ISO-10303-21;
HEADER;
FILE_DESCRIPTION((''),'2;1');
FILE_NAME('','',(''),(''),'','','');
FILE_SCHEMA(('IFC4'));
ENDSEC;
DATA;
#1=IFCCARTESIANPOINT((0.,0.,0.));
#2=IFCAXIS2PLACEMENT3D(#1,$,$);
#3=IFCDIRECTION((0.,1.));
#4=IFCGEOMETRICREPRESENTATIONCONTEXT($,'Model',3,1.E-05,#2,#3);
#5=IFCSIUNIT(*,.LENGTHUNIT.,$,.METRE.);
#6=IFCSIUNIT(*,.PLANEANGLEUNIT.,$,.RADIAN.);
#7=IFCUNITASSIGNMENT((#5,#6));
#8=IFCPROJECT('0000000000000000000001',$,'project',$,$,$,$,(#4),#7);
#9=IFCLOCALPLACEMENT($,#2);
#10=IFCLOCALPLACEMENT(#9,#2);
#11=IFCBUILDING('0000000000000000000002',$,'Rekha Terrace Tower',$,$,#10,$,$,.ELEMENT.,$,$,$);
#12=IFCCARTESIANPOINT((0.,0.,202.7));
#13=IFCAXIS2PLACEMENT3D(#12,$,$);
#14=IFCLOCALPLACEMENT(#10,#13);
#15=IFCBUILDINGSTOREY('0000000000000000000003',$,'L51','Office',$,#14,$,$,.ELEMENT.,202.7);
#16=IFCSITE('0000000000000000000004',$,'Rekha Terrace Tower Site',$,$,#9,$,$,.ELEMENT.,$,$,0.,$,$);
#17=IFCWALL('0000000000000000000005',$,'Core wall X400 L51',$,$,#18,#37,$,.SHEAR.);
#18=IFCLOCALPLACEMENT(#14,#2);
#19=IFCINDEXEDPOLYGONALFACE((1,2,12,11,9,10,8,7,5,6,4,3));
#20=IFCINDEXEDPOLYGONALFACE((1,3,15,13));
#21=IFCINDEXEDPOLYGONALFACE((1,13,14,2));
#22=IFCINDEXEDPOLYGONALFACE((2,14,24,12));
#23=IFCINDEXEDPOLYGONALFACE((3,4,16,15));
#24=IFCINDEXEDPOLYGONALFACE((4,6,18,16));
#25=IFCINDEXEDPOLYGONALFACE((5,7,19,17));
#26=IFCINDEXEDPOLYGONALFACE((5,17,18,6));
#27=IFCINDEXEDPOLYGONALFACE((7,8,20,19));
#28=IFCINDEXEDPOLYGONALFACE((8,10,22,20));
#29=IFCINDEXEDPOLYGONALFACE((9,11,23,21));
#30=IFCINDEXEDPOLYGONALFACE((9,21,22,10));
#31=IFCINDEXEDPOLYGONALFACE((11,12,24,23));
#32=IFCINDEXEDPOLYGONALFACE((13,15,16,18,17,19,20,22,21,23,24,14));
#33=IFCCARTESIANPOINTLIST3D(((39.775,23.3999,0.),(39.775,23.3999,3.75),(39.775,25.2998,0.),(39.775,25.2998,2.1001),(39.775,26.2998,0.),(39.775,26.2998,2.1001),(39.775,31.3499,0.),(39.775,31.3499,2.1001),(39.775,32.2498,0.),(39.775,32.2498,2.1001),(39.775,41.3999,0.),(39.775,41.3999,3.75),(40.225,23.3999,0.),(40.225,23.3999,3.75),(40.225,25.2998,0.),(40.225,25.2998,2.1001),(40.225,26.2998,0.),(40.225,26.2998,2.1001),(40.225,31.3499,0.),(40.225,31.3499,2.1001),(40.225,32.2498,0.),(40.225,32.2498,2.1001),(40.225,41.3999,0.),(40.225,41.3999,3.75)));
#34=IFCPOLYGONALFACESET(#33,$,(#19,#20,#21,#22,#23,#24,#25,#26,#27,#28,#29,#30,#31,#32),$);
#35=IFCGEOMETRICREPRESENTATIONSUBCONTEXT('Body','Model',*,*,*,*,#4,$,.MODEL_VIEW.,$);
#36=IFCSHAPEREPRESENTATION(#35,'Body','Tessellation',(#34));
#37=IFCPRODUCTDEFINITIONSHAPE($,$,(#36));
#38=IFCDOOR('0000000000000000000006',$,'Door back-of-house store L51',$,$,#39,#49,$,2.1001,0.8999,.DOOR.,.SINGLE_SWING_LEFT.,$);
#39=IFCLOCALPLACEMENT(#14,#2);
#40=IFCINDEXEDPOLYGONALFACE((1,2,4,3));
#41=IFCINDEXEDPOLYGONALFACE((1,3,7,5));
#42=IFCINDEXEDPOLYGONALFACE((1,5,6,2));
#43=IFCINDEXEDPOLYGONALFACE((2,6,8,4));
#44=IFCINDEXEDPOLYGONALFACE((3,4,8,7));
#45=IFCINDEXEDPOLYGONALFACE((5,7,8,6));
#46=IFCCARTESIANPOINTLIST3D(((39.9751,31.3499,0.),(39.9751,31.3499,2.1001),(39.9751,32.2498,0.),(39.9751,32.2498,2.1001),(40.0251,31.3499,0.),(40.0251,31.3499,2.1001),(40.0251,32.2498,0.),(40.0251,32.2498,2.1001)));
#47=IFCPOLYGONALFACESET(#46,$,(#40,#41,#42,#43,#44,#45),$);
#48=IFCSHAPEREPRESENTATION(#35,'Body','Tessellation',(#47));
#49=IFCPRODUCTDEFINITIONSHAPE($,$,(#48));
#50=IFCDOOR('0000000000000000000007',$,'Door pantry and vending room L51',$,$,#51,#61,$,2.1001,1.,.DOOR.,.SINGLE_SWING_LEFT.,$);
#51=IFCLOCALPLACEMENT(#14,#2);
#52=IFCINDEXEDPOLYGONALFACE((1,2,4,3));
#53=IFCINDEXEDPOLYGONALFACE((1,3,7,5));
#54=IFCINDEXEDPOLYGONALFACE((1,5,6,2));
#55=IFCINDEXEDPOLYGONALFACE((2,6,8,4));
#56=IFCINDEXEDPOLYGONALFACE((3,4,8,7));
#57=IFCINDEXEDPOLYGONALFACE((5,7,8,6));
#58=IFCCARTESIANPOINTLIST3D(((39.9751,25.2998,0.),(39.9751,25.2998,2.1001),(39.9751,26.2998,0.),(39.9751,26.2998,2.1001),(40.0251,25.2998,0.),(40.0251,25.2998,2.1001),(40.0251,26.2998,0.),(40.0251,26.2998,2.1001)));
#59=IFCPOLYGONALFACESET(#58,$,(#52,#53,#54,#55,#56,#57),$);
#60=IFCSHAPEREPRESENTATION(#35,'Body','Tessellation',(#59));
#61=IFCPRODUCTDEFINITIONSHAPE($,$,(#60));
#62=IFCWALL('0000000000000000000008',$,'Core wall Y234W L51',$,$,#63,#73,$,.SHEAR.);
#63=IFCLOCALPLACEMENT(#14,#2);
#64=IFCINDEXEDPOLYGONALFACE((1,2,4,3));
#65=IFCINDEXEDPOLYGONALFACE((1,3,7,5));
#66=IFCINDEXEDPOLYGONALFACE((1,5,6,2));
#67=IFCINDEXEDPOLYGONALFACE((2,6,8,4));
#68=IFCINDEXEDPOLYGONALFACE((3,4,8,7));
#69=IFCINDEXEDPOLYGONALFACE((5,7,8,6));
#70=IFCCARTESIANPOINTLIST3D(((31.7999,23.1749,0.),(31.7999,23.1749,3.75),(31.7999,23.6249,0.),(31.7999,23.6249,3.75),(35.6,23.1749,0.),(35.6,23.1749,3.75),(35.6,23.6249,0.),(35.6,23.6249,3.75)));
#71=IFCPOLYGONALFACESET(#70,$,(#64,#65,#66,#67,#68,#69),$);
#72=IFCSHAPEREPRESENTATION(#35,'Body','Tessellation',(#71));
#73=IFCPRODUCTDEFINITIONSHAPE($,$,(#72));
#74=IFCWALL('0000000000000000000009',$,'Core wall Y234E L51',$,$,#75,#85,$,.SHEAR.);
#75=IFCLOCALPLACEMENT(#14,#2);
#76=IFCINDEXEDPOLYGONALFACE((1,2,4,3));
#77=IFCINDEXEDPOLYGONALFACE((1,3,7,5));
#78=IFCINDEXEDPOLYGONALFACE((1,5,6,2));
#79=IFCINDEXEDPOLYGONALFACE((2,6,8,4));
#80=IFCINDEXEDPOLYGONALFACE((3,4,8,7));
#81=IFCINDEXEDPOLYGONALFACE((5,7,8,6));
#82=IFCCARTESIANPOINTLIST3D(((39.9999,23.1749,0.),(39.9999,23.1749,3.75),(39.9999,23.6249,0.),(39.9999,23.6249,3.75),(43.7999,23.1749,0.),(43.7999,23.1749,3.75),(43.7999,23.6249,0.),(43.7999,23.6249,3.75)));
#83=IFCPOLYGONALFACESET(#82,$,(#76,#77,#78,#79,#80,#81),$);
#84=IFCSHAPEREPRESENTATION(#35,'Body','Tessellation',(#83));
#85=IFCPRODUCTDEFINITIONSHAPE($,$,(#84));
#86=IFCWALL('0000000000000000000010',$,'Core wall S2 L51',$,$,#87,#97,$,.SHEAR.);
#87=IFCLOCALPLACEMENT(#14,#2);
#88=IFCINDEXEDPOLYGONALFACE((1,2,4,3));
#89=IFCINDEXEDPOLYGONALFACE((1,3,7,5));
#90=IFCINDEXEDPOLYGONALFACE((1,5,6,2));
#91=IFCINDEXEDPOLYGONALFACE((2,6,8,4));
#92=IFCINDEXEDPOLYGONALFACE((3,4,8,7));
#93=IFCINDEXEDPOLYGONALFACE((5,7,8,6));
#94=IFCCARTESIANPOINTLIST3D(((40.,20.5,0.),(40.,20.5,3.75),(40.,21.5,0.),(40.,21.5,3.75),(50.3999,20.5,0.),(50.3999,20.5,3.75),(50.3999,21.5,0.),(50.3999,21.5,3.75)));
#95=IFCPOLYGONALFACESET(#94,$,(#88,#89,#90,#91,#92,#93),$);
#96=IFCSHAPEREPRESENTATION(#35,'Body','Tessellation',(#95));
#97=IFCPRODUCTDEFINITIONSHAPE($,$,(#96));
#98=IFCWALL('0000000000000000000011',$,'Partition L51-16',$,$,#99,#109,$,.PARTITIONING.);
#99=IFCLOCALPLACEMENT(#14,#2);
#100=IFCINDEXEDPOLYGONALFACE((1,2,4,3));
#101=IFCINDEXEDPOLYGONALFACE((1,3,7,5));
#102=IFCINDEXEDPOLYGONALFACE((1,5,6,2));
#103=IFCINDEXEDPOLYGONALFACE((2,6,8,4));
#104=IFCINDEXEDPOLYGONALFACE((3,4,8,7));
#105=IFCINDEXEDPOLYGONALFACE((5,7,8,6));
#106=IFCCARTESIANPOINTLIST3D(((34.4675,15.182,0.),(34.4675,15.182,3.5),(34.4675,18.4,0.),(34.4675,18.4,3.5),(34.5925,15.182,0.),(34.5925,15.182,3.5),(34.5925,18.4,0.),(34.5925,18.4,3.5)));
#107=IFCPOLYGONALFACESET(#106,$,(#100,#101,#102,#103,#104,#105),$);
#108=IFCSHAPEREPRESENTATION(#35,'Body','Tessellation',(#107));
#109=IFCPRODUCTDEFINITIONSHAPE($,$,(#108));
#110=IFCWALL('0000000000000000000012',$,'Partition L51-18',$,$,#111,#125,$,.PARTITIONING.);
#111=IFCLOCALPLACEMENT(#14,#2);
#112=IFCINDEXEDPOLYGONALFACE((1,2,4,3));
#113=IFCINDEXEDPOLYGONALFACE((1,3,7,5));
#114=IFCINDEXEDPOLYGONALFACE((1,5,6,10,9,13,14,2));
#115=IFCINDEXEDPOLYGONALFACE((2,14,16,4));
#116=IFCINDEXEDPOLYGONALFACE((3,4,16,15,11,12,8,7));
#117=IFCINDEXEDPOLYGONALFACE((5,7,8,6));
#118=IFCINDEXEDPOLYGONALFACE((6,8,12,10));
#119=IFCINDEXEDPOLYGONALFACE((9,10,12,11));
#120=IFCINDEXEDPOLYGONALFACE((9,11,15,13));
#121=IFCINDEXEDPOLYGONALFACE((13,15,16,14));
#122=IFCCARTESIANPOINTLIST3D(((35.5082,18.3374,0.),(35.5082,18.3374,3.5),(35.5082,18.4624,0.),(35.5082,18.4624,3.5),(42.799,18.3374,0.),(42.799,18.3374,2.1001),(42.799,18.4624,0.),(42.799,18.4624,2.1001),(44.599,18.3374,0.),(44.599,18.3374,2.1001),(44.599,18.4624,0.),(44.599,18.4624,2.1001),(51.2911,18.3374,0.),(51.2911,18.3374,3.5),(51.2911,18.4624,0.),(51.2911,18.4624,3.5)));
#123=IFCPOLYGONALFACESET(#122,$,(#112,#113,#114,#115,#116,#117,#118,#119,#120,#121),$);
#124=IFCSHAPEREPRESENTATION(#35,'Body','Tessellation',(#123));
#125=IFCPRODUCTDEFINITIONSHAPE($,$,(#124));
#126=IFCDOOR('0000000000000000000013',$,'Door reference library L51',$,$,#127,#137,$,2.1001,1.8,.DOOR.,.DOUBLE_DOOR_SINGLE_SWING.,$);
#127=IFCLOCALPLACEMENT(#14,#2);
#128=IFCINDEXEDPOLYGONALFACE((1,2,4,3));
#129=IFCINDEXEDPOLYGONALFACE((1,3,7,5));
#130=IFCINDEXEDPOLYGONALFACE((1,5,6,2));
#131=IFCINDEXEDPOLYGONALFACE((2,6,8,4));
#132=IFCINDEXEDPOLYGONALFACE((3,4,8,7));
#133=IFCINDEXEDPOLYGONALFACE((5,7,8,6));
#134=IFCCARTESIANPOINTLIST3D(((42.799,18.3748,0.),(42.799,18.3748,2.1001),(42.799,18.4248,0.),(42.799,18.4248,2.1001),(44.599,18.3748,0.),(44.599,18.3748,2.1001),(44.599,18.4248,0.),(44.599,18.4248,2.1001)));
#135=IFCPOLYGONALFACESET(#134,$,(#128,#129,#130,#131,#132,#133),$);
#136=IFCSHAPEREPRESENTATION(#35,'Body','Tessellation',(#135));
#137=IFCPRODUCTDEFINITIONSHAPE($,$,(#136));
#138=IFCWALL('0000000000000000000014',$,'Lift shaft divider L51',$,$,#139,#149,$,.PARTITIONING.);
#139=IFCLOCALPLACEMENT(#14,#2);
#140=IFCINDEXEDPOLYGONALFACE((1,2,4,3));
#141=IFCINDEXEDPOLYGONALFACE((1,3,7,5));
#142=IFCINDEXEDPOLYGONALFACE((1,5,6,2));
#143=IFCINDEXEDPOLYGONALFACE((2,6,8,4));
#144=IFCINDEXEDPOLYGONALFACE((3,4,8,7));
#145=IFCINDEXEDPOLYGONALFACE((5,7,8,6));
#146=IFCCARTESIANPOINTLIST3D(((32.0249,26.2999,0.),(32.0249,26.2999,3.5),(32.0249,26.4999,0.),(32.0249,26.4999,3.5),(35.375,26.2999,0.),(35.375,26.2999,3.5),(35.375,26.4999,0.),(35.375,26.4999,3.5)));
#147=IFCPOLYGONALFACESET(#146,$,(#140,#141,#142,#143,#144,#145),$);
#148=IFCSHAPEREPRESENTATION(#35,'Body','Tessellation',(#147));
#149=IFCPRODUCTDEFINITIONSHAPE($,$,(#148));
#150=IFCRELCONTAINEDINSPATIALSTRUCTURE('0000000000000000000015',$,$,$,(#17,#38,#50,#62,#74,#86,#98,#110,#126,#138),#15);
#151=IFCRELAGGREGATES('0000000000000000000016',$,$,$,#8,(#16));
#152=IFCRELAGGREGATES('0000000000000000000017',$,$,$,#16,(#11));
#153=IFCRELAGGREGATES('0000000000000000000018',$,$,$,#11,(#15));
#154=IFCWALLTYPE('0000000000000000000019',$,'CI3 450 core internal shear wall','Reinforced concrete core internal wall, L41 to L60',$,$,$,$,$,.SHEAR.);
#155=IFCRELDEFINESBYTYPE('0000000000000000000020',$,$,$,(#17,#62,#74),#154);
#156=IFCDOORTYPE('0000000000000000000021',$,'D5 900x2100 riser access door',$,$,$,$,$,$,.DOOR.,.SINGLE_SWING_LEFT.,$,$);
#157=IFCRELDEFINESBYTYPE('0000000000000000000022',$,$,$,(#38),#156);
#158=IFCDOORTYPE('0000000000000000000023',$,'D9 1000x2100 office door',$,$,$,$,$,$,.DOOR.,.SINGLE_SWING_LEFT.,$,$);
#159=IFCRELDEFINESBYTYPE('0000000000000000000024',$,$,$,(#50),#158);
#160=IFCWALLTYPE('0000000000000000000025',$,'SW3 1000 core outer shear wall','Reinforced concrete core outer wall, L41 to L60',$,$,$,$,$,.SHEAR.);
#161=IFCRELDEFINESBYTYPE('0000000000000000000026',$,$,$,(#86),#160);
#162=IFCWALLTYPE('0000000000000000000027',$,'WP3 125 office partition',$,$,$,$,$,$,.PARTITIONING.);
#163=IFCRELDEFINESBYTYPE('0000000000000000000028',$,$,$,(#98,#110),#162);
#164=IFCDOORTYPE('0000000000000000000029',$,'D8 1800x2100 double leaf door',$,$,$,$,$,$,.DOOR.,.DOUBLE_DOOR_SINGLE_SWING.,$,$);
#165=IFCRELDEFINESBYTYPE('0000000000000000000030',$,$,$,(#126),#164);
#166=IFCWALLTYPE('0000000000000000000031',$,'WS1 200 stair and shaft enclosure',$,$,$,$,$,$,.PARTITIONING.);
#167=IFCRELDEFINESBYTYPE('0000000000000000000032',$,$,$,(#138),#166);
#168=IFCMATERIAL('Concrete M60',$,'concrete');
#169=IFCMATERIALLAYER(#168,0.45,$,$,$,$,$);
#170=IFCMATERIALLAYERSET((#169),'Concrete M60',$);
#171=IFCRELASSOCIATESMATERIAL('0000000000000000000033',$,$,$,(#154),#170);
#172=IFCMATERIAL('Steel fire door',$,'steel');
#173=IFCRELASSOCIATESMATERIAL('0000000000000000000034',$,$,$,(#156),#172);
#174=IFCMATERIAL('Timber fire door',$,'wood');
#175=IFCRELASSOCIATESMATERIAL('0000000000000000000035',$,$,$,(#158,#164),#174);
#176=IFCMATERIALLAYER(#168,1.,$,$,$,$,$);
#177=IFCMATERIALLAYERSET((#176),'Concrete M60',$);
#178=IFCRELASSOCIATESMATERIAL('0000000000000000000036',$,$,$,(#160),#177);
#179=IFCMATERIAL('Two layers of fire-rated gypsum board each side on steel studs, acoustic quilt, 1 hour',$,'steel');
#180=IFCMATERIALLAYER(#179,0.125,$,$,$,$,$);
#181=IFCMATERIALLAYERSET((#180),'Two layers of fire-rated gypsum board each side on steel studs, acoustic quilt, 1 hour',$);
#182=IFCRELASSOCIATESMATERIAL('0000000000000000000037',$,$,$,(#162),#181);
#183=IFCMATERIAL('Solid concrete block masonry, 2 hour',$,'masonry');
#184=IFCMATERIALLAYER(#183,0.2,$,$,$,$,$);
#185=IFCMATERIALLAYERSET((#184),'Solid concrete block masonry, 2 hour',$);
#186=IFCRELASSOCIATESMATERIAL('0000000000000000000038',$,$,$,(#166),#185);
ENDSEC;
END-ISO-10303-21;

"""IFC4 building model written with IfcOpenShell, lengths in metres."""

from ifc_helpers import new_model, si_unit, direction, frame, frame_2d, origin, place, context, subcontext, project, spatial, rectangle, extrude, material, layer, layer_set, type_object, element, fill, save


model = new_model("IFC4")

# Units and contexts
model_context = context("Model", 3, precision=1e-05, world=origin(), true_north=direction((0.0, 1.0)))
body_context = subcontext(model_context, "Body", "Model", "MODEL_VIEW")
ifc_project = project(units=[si_unit("LENGTHUNIT", "METRE"), si_unit("PLANEANGLEUNIT", "RADIAN")], contexts=[model_context])

# Site, building, storey
site_placement = place(None, origin())
site = spatial("IfcSite", under=ifc_project, at=site_placement, Name="Rekha Terrace Tower Site", CompositionType="ELEMENT", RefElevation=0.0)
building_placement = place(site_placement, origin())
building = spatial("IfcBuilding", under=site, at=building_placement, Name="Rekha Terrace Tower", CompositionType="ELEMENT")
storey_placement = place(building_placement, frame((0.0, 0.0, 202.7)))
storey = spatial("IfcBuildingStorey", under=building, at=storey_placement, Name="L51", Description="Office", CompositionType="ELEMENT", Elevation=202.7)

# Shared definitions
ifc_material_1 = material(Name="Concrete M60", Category="concrete")

# Shared definitions
ifc_layer_1 = layer(ifc_material_1, 0.45)
ifc_layer_set_1 = layer_set([ifc_layer_1], Name="Concrete M60")
wall_type_1 = type_object("IfcWallType", Name="CI3 450 core internal shear wall", Description="Reinforced concrete core internal wall, L41 to L60", PredefinedType="SHEAR", material=ifc_layer_set_1)

# Wall, openings, doors
wall_1_placement = place(storey_placement, frame((40.0, 23.3999, 0.0), z_axis=(0.0, 0.0, 1.0), x_axis=(0.0, 1.0, 0.0)))
wall_1 = element("IfcWall", 1, at=wall_1_placement, inside=storey, type_object=wall_type_1, Name="Core wall X400 L51", PredefinedType="SHEAR", context=body_context, shape_type="SweptSolid", body=[
    extrude(rectangle(XDim=18.0, YDim=0.45, at=frame_2d((9.0, 0.0))), origin(), (0.0, 0.0, 1.0), 3.75),
])
opening_1_placement = place(wall_1_placement, frame((1.8999, 0.0, 0.0)))
opening_1 = element("IfcOpeningElement", 2, at=opening_1_placement, cuts=wall_1, PredefinedType="OPENING", context=body_context, shape_type="SweptSolid", body=[
    extrude(rectangle(XDim=1.0, YDim=2.1001, at=frame_2d((0.5, 1.05))), frame((0.0, 0.2349, 0.0), z_axis=(0.0, -1.0, 0.0), x_axis=(1.0, 0.0, 0.0)), (0.0, 0.0, 1.0), 0.47),
])
opening_2_placement = place(wall_1_placement, frame((7.95, 0.0, 0.0)))
opening_2 = element("IfcOpeningElement", 3, at=opening_2_placement, cuts=wall_1, PredefinedType="OPENING", context=body_context, shape_type="SweptSolid", body=[
    extrude(rectangle(XDim=0.8999, YDim=2.1001, at=frame_2d((0.45, 1.05))), frame((0.0, 0.2349, 0.0), z_axis=(0.0, -1.0, 0.0), x_axis=(1.0, 0.0, 0.0)), (0.0, 0.0, 1.0), 0.47),
])
ifc_material_2 = material(Name="Steel fire door", Category="steel")
door_type_1 = type_object("IfcDoorType", Name="D5 900x2100 riser access door", OperationType="SINGLE_SWING_LEFT", PredefinedType="DOOR", material=ifc_material_2)
door_1_placement = place(opening_2_placement, origin())
door_1 = element("IfcDoor", 4, at=door_1_placement, inside=storey, type_object=door_type_1, Name="Door back-of-house store L51", OperationType="SINGLE_SWING_LEFT", OverallHeight=2.1001, OverallWidth=0.8999, PredefinedType="DOOR", context=body_context, shape_type="SweptSolid", body=[
    extrude(rectangle(XDim=0.8999, YDim=2.1001, at=frame_2d((0.45, 1.05))), frame((0.0, 0.0249, 0.0), z_axis=(0.0, -1.0, 0.0), x_axis=(1.0, 0.0, 0.0)), (0.0, 0.0, 1.0), 0.05),
])
fill(opening_2, door_1)
ifc_material_3 = material(Name="Timber fire door", Category="wood")
door_type_2 = type_object("IfcDoorType", Name="D9 1000x2100 office door", OperationType="SINGLE_SWING_LEFT", PredefinedType="DOOR", material=ifc_material_3)
door_2_placement = place(opening_1_placement, origin())
door_2 = element("IfcDoor", 5, at=door_2_placement, inside=storey, type_object=door_type_2, Name="Door pantry and vending room L51", OperationType="SINGLE_SWING_LEFT", OverallHeight=2.1001, OverallWidth=1.0, PredefinedType="DOOR", context=body_context, shape_type="SweptSolid", body=[
    extrude(rectangle(XDim=1.0, YDim=2.1001, at=frame_2d((0.5, 1.05))), frame((0.0, 0.0249, 0.0), z_axis=(0.0, -1.0, 0.0), x_axis=(1.0, 0.0, 0.0)), (0.0, 0.0, 1.0), 0.05),
])
fill(opening_1, door_2)

# Walls
for number, where, z_axis, x_axis, name in (
    (6, (31.8, 23.3999, 0.0), (0.0, 0.0, 1.0), (1.0, 0.0, 0.0), "Core wall Y234W L51"),
    (7, (40.0, 23.3999, 0.0), (0.0, 0.0, 1.0), (1.0, 0.0, 0.0), "Core wall Y234E L51"),
):
    element("IfcWall", number, at=place(storey_placement, frame(where, z_axis=z_axis, x_axis=x_axis)), inside=storey, type_object=wall_type_1, Name=name, PredefinedType="SHEAR", context=body_context, shape_type="SweptSolid", body=[
        extrude(rectangle(XDim=3.8, YDim=0.45, at=frame_2d((1.8999, 0.0))), origin(), (0.0, 0.0, 1.0), 3.75),
    ])
ifc_layer_2 = layer(ifc_material_1, 1.0)
ifc_layer_set_2 = layer_set([ifc_layer_2], Name="Concrete M60")
wall_type_2 = type_object("IfcWallType", Name="SW3 1000 core outer shear wall", Description="Reinforced concrete core outer wall, L41 to L60", PredefinedType="SHEAR", material=ifc_layer_set_2)
wall_2_placement = place(storey_placement, frame((40.0, 21.0, 0.0), z_axis=(0.0, 0.0, 1.0), x_axis=(1.0, 0.0, 0.0)))
element("IfcWall", 8, at=wall_2_placement, inside=storey, type_object=wall_type_2, Name="Core wall S2 L51", PredefinedType="SHEAR", context=body_context, shape_type="SweptSolid", body=[
    extrude(rectangle(XDim=10.3999, YDim=1.0, at=frame_2d((5.2, 0.0))), origin(), (0.0, 0.0, 1.0), 3.75),
])
ifc_material_4 = material(Name="Two layers of fire-rated gypsum board each side on steel studs, acoustic quilt, 1 hour", Category="steel")
ifc_layer_3 = layer(ifc_material_4, 0.125)
ifc_layer_set_3 = layer_set([ifc_layer_3], Name="Two layers of fire-rated gypsum board each side on steel studs, acoustic quilt, 1 hour")
wall_type_3 = type_object("IfcWallType", Name="WP3 125 office partition", PredefinedType="PARTITIONING", material=ifc_layer_set_3)
wall_3_placement = place(storey_placement, frame((34.53, 18.3999, 0.0), z_axis=(0.0, 0.0, 1.0), x_axis=(0.0, -1.0, 0.0)))
element("IfcWall", 9, at=wall_3_placement, inside=storey, type_object=wall_type_3, Name="Partition L51-16", PredefinedType="PARTITIONING", context=body_context, shape_type="SweptSolid", body=[
    extrude(rectangle(XDim=3.218, YDim=0.125, at=frame_2d((1.6089, 0.0))), origin(), (0.0, 0.0, 1.0), 3.5),
])

# Wall, opening, door
wall_4_placement = place(storey_placement, frame((35.5081, 18.3999, 0.0), z_axis=(0.0, 0.0, 1.0), x_axis=(1.0, 0.0, 0.0)))
wall_4 = element("IfcWall", 10, at=wall_4_placement, inside=storey, type_object=wall_type_3, Name="Partition L51-18", PredefinedType="PARTITIONING", context=body_context, shape_type="SweptSolid", body=[
    extrude(rectangle(XDim=15.783, YDim=0.125, at=frame_2d((7.8916, 0.0))), origin(), (0.0, 0.0, 1.0), 3.5),
])
opening_3_placement = place(wall_4_placement, frame((7.291, 0.0, 0.0)))
opening_3 = element("IfcOpeningElement", 11, at=opening_3_placement, cuts=wall_4, PredefinedType="OPENING", context=body_context, shape_type="SweptSolid", body=[
    extrude(rectangle(XDim=1.8, YDim=2.1001, at=frame_2d((0.8999, 1.05))), frame((0.0, 0.0725, 0.0), z_axis=(0.0, -1.0, 0.0), x_axis=(1.0, 0.0, 0.0)), (0.0, 0.0, 1.0), 0.145),
])
door_type_3 = type_object("IfcDoorType", Name="D8 1800x2100 double leaf door", OperationType="DOUBLE_DOOR_SINGLE_SWING", PredefinedType="DOOR", material=ifc_material_3)
door_3_placement = place(opening_3_placement, origin())
door_3 = element("IfcDoor", 12, at=door_3_placement, inside=storey, type_object=door_type_3, Name="Door reference library L51", OperationType="DOUBLE_DOOR_SINGLE_SWING", OverallHeight=2.1001, OverallWidth=1.8, PredefinedType="DOOR", context=body_context, shape_type="SweptSolid", body=[
    extrude(rectangle(XDim=1.8, YDim=2.1001, at=frame_2d((0.8999, 1.05))), frame((0.0, 0.0249, 0.0), z_axis=(0.0, -1.0, 0.0), x_axis=(1.0, 0.0, 0.0)), (0.0, 0.0, 1.0), 0.05),
])
fill(opening_3, door_3)

# Wall
ifc_material_5 = material(Name="Solid concrete block masonry, 2 hour", Category="masonry")
ifc_layer_4 = layer(ifc_material_5, 0.2)
ifc_layer_set_4 = layer_set([ifc_layer_4], Name="Solid concrete block masonry, 2 hour")
wall_type_4 = type_object("IfcWallType", Name="WS1 200 stair and shaft enclosure", PredefinedType="PARTITIONING", material=ifc_layer_set_4)
wall_5_placement = place(storey_placement, frame((32.0249, 26.3999, 0.0), z_axis=(0.0, 0.0, 1.0), x_axis=(1.0, 0.0, 0.0)))
element("IfcWall", 13, at=wall_5_placement, inside=storey, type_object=wall_type_4, Name="Lift shaft divider L51", PredefinedType="PARTITIONING", context=body_context, shape_type="SweptSolid", body=[
    extrude(rectangle(XDim=3.3501, YDim=0.2, at=frame_2d((1.675, 0.0))), origin(), (0.0, 0.0, 1.0), 3.5),
])

save(model, "model.ifc")
